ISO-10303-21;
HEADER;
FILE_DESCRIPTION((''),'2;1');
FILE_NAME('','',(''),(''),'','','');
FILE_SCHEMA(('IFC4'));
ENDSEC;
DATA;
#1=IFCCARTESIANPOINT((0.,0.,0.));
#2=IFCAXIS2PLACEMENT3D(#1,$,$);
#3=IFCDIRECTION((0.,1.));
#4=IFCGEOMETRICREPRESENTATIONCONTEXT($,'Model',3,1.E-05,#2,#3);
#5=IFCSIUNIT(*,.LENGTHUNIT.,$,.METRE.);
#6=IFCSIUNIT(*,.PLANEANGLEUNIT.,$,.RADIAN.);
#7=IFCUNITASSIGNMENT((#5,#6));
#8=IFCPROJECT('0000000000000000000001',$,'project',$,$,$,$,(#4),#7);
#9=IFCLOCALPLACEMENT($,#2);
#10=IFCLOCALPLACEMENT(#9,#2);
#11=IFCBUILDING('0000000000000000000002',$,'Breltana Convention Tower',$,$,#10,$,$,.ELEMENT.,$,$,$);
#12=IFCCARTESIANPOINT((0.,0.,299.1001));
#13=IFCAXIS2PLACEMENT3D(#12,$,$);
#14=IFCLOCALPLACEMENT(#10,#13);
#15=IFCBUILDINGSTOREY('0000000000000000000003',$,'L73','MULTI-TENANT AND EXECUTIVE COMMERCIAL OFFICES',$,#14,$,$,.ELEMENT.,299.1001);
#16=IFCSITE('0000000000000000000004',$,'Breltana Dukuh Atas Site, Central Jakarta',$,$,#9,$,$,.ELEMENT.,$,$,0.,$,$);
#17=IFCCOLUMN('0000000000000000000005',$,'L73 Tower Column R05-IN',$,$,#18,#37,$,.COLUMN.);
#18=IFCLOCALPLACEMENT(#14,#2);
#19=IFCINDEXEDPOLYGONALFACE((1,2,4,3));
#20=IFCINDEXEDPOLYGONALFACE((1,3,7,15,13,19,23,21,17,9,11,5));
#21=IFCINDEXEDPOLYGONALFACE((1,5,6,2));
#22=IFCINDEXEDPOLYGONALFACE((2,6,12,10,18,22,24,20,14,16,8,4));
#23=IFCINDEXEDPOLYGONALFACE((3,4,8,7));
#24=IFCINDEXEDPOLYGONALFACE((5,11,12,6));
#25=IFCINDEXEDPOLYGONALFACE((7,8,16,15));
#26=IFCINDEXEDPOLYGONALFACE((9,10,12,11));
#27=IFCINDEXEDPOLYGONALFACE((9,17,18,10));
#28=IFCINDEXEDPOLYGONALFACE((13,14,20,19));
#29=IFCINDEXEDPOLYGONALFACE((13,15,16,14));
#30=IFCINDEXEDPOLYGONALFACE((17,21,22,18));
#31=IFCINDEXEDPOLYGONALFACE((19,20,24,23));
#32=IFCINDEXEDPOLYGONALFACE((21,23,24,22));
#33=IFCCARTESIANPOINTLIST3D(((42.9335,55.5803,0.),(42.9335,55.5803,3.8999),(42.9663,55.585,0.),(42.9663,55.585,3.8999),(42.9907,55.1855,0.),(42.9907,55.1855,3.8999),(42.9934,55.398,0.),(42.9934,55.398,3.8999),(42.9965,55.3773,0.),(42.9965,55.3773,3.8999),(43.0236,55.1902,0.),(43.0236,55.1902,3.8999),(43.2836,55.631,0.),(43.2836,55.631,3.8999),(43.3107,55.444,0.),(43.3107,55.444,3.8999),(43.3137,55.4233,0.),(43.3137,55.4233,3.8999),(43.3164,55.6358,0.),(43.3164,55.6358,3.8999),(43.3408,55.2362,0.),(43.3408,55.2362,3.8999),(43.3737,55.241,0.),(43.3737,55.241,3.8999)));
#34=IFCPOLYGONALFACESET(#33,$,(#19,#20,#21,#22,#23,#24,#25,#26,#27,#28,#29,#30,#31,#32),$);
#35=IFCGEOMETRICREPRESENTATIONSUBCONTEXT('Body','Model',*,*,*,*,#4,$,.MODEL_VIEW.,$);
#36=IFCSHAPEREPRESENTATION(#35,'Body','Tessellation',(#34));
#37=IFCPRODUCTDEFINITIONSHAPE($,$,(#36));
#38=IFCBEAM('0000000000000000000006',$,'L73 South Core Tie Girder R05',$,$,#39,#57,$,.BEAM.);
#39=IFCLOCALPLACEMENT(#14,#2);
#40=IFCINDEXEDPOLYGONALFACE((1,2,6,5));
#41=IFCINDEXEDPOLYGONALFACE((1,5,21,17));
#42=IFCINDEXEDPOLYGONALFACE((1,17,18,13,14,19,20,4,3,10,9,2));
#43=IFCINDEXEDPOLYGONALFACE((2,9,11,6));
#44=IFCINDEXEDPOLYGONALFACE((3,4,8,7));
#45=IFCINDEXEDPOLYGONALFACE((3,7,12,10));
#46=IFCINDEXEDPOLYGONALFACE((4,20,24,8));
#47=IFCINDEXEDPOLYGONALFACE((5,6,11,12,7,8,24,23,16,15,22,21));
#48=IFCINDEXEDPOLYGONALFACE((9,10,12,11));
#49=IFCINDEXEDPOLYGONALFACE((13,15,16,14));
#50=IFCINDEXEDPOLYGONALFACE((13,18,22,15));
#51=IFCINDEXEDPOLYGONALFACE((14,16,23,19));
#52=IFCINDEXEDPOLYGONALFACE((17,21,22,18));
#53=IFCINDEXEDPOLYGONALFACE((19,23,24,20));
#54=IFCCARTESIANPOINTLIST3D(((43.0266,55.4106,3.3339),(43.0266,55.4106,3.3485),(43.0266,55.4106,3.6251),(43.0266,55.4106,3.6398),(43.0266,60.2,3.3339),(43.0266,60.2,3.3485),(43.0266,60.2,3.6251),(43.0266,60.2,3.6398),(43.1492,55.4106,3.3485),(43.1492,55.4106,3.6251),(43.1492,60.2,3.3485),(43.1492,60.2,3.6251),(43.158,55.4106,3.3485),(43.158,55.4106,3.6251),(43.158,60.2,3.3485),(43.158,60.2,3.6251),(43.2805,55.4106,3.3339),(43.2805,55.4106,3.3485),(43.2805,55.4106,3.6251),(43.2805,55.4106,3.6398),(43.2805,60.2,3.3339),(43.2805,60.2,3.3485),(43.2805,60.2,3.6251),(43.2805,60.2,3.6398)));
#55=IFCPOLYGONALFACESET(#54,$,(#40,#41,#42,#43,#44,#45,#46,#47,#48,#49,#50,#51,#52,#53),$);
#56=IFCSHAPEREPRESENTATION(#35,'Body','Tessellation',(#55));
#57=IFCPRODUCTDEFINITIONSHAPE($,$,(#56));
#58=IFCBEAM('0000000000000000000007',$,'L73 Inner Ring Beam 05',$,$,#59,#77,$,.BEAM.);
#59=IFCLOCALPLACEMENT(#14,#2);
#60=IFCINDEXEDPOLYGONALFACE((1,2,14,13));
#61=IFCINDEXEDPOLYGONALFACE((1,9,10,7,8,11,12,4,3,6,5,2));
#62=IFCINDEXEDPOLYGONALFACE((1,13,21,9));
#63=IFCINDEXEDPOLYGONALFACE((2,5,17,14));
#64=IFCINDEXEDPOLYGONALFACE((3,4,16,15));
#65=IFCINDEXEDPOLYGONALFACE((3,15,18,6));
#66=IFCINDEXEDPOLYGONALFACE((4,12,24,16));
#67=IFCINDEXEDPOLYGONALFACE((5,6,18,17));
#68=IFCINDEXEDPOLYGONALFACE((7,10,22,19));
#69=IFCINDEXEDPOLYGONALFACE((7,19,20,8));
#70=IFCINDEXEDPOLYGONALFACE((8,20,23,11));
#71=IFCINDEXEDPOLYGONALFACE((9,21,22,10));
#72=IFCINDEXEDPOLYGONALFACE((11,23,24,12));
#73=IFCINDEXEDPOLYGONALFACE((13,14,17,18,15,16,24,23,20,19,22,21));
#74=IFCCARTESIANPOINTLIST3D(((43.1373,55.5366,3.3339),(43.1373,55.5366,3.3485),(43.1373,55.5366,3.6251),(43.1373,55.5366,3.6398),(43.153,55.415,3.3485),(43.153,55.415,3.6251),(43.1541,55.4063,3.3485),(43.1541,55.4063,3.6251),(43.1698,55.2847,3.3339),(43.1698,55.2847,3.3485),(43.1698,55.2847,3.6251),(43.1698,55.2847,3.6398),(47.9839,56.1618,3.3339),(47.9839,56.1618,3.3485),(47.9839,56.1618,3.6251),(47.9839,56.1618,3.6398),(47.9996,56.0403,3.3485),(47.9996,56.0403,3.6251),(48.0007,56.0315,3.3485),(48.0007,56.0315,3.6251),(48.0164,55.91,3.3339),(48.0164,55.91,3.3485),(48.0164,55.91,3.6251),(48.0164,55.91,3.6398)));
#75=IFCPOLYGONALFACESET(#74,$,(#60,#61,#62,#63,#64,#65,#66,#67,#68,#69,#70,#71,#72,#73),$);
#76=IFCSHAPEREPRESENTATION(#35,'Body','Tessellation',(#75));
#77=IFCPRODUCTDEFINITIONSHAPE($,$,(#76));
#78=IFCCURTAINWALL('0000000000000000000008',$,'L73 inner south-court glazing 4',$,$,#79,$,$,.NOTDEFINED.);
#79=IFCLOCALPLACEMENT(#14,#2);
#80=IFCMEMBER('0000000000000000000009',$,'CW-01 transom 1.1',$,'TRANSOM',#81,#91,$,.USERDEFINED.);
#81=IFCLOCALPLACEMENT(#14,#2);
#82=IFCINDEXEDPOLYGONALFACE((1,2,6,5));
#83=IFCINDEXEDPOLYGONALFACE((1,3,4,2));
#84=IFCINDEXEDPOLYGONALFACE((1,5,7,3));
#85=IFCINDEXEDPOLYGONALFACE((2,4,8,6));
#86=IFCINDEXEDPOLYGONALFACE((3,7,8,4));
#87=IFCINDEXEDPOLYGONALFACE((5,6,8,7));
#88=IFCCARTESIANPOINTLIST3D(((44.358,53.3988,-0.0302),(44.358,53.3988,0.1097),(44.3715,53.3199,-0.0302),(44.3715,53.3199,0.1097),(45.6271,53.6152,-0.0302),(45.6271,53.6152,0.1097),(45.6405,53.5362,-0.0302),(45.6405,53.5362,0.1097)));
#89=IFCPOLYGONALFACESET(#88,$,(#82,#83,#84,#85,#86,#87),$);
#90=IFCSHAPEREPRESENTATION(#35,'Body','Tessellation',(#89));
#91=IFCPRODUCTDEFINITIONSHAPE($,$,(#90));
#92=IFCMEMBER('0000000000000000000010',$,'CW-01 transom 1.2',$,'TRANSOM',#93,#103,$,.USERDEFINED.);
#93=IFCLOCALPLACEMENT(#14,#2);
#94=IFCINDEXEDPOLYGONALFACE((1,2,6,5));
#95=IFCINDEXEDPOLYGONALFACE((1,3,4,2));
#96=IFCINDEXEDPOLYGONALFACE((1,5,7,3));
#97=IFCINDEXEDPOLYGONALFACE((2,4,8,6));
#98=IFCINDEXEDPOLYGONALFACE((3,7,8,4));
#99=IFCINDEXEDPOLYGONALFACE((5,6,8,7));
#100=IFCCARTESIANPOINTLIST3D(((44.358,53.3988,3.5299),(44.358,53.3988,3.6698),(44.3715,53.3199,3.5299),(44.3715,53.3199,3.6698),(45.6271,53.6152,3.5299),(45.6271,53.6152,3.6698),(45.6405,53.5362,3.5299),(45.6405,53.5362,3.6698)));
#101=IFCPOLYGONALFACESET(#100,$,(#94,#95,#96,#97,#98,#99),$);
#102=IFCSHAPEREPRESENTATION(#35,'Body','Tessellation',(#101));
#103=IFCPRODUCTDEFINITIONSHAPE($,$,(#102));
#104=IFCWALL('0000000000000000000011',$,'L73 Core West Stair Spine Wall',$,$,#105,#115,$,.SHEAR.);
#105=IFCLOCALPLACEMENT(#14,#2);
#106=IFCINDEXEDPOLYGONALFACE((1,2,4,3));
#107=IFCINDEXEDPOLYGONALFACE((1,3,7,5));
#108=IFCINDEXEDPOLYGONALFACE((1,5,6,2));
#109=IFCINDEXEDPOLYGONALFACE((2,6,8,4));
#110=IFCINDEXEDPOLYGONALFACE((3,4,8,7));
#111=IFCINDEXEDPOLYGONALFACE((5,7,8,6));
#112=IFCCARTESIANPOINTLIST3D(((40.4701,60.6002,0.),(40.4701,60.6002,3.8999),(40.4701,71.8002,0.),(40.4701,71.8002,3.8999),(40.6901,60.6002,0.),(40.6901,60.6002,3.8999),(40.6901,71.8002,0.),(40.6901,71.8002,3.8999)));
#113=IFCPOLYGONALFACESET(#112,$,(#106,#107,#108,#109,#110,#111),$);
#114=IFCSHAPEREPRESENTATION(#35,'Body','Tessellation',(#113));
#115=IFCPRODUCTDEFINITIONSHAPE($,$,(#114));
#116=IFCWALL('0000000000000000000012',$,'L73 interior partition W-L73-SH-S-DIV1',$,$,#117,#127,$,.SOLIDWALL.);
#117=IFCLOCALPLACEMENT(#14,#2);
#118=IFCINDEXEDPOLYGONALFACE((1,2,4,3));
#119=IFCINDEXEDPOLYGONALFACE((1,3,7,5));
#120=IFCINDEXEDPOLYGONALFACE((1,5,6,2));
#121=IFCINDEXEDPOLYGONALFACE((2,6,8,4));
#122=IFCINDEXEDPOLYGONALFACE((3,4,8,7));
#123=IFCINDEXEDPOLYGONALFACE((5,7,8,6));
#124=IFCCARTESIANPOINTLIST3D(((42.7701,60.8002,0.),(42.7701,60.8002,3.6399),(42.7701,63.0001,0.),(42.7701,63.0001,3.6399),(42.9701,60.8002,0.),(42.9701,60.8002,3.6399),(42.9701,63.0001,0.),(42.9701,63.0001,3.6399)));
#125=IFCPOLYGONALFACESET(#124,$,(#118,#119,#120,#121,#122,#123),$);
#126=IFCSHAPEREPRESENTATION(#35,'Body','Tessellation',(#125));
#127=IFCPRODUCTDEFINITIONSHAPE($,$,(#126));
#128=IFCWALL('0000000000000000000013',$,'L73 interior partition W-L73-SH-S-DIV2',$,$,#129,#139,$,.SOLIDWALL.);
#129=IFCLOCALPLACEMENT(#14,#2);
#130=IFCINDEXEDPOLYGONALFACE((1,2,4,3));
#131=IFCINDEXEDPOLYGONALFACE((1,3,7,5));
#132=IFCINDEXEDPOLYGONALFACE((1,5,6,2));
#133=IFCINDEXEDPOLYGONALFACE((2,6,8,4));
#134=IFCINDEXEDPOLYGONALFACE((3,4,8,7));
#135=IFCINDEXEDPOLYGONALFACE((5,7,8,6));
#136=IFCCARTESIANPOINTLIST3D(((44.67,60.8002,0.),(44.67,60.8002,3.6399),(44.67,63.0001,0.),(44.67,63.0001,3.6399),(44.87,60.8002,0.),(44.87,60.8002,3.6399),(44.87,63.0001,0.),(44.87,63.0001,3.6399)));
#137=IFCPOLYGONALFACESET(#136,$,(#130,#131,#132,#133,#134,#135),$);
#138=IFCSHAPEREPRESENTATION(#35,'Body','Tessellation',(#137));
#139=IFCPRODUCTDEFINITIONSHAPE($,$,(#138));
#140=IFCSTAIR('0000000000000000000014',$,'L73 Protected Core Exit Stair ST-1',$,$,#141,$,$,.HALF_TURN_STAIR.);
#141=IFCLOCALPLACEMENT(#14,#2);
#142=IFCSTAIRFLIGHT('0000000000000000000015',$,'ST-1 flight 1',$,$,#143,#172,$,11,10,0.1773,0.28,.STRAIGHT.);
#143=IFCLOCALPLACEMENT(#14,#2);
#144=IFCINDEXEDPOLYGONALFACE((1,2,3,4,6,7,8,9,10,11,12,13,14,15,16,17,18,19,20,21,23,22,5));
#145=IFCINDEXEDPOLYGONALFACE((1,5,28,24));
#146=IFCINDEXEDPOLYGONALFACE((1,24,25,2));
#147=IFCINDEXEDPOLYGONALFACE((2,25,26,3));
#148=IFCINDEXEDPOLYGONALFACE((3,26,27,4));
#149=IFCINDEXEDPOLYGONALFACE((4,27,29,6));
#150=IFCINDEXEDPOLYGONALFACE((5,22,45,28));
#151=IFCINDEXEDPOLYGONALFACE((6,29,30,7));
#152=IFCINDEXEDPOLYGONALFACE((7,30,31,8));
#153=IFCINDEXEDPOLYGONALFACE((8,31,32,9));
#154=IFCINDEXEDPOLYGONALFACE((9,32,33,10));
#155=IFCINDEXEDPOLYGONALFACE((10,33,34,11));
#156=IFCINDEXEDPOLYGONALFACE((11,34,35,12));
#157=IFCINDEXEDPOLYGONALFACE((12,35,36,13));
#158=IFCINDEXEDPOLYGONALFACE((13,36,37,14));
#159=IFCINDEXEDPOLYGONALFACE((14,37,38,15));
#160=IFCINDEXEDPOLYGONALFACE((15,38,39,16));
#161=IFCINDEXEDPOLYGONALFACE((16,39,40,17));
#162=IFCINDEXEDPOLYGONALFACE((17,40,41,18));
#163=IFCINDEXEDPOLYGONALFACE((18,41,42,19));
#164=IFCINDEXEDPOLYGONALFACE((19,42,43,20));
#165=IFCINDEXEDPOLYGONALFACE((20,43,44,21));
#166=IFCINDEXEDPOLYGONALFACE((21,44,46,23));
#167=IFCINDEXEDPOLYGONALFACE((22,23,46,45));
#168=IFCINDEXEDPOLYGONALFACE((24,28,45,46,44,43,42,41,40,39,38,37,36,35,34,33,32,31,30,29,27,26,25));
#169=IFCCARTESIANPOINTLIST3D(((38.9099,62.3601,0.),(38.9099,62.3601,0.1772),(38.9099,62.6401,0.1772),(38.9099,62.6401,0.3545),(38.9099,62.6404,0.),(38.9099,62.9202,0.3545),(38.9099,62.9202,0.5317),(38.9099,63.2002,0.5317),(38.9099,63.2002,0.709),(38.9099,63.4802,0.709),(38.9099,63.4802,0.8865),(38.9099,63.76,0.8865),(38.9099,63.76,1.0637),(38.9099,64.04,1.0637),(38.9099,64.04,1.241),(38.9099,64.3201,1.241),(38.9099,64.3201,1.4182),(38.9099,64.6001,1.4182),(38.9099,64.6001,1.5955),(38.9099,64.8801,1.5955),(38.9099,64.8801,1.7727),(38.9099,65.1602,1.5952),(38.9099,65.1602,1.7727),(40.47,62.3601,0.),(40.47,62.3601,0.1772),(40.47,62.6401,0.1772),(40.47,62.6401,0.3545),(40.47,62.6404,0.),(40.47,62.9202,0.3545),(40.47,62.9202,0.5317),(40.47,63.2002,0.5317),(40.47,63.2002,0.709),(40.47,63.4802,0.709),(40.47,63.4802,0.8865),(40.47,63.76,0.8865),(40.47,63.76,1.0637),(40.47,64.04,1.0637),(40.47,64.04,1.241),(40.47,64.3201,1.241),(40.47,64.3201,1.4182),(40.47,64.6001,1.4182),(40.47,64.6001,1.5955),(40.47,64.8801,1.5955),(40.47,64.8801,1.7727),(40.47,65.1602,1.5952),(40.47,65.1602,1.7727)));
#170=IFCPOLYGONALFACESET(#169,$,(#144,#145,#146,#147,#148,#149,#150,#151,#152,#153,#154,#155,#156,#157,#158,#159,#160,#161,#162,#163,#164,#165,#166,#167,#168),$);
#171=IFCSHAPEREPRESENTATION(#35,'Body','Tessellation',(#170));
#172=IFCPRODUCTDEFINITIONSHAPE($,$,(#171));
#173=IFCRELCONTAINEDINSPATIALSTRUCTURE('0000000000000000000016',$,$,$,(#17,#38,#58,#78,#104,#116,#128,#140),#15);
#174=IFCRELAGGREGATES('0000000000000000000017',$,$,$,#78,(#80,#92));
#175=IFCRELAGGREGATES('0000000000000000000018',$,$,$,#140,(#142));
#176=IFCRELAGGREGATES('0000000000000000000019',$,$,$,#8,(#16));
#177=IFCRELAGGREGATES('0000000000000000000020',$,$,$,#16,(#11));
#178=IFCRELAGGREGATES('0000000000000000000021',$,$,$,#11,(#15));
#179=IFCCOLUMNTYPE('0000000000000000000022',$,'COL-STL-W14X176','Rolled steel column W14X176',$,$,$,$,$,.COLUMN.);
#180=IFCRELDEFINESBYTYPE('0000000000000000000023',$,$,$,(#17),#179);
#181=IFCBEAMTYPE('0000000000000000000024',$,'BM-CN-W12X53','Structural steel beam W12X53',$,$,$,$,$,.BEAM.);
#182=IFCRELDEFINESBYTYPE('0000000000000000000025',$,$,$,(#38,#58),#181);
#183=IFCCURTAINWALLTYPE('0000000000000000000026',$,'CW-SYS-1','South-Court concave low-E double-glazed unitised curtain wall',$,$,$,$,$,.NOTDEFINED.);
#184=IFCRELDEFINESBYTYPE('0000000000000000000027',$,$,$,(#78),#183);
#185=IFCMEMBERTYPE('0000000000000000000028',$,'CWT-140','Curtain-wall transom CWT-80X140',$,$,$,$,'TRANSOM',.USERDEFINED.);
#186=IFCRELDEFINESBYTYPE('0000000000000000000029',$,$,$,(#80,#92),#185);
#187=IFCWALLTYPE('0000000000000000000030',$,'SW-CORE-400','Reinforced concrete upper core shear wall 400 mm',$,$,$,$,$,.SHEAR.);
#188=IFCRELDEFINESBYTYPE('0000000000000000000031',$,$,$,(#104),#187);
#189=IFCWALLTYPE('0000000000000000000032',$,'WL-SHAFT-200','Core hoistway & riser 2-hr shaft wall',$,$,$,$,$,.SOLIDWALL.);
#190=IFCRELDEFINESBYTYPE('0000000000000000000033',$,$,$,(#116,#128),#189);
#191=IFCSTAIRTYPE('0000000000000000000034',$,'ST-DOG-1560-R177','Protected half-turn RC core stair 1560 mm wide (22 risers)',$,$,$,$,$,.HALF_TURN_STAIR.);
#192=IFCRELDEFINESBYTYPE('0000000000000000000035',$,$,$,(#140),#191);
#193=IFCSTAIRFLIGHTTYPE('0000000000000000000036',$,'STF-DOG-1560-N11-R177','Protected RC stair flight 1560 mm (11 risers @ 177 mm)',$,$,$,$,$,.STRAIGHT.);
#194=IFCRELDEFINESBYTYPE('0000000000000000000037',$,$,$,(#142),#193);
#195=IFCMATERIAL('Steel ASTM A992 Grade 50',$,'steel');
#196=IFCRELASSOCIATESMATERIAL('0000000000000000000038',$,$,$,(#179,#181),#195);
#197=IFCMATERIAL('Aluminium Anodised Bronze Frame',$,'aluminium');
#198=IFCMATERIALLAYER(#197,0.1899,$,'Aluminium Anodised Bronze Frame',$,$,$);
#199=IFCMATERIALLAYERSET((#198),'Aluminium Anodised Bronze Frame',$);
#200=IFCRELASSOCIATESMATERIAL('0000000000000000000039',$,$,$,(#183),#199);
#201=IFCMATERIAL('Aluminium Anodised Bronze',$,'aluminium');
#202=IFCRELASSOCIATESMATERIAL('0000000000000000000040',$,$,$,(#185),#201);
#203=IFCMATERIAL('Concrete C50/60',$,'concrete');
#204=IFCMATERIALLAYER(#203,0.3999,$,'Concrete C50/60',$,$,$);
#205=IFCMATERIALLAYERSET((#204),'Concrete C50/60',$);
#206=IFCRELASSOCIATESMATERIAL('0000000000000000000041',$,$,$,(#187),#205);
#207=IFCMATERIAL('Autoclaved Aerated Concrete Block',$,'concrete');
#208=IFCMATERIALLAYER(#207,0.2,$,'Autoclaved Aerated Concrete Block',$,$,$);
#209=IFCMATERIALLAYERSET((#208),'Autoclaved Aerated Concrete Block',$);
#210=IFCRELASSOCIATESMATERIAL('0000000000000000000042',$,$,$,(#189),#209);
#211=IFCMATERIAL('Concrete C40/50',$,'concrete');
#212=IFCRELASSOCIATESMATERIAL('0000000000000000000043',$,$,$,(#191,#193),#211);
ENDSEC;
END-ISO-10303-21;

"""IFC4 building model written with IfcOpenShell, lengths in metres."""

from ifc_helpers import new_model, si_unit, direction, frame, frame_2d, origin, origin_2d, place, context, subcontext, project, spatial, polyline, rectangle, i_section, outline, extrude, source, transform, mapped, material, layer, layer_set, material_profile, profile_set, type_object, type_shapes, element, aggregate, save


model = new_model("IFC4")

# Units and contexts
model_context = context("Model", 3, precision=1e-05, world=origin(), true_north=direction((0.0, 1.0)))
body_context = subcontext(model_context, "Body", "Model", "MODEL_VIEW")
ifc_project = project(units=[si_unit("LENGTHUNIT", "METRE"), si_unit("PLANEANGLEUNIT", "RADIAN")], contexts=[model_context])

# Site, building, storey
site_placement = place(None, origin())
site = spatial("IfcSite", under=ifc_project, at=site_placement, Name="Breltana Dukuh Atas Site, Central Jakarta", CompositionType="ELEMENT", RefElevation=0.0)
building_placement = place(site_placement, origin())
building = spatial("IfcBuilding", under=site, at=building_placement, Name="Breltana Convention Tower", CompositionType="ELEMENT")
storey_placement = place(building_placement, frame((0.0, 0.0, 299.1001)))
storey = spatial("IfcBuildingStorey", under=building, at=storey_placement, Name="L73", Description="MULTI-TENANT AND EXECUTIVE COMMERCIAL OFFICES", CompositionType="ELEMENT", Elevation=299.1001)

# Column
ifc_material_1 = material(Name="Steel ASTM A992 Grade 50", Category="steel")
ifc_material_profile_1 = material_profile(ifc_material_1, i_section(OverallWidth=0.3989, OverallDepth=0.387, WebThickness=0.021, FlangeThickness=0.0332, at=origin_2d()), Name="W14X176")
ifc_profile_set_1 = profile_set([ifc_material_profile_1], Name="Steel ASTM A992 Grade 50")
column_type = type_object("IfcColumnType", Name="COL-STL-W14X176", Description="Rolled steel column W14X176", PredefinedType="COLUMN", material=ifc_profile_set_1)
shared_shape_1 = source(origin(), body_context, "Body", "SweptSolid", [
    extrude(i_section(OverallWidth=0.3989, OverallDepth=0.387, WebThickness=0.021, FlangeThickness=0.0332, at=origin_2d()), origin(), (0.0, 0.0, 1.0), 3.8999),
])
type_shapes(column_type, [shared_shape_1])
column_placement = place(storey_placement, frame((43.1536, 55.4106, 0.0), z_axis=(0.0, 0.0, 1.0), x_axis=(-0.143493, 0.989651, 0.0)))
element("IfcColumn", 1, at=column_placement, inside=storey, type_object=column_type, Name="L73 Tower Column R05-IN", PredefinedType="COLUMN", context=body_context, shape_type="MappedRepresentation", body=[
    mapped(shared_shape_1, transform((0.0, 0.0, 0.0), scale=1.0)),
])

# Beams
ifc_material_profile_2 = material_profile(ifc_material_1, i_section(OverallWidth=0.2539, OverallDepth=0.3059, WebThickness=0.0088, FlangeThickness=0.0146, at=origin_2d()), Name="W12X53")
ifc_profile_set_2 = profile_set([ifc_material_profile_2], Name="Steel ASTM A992 Grade 50")
beam_type = type_object("IfcBeamType", Name="BM-CN-W12X53", Description="Structural steel beam W12X53", PredefinedType="BEAM", material=ifc_profile_set_2)
shared_shape_2 = source(origin(), body_context, "Body", "SweptSolid", [
    extrude(i_section(OverallWidth=0.2539, OverallDepth=0.3059, WebThickness=0.0088, FlangeThickness=0.0146, at=origin_2d()), origin(), (0.0, 0.0, 1.0), 4.7893),
])
beam_1_placement = place(storey_placement, frame((43.1536, 60.2, 3.4868), z_axis=(0.0, -1.0, 0.0), x_axis=(1.0, 0.0, 0.0)))
element("IfcBeam", 2, at=beam_1_placement, inside=storey, type_object=beam_type, Name="L73 South Core Tie Girder R05", PredefinedType="BEAM", context=body_context, shape_type="MappedRepresentation", body=[
    mapped(shared_shape_2, transform((0.0, 0.0, 0.0), scale=1.0)),
])
shared_shape_3 = source(origin(), body_context, "Body", "SweptSolid", [
    extrude(i_section(OverallWidth=0.2539, OverallDepth=0.3059, WebThickness=0.0088, FlangeThickness=0.0146, at=origin_2d()), origin(), (0.0, 0.0, 1.0), 4.8867),
])
beam_2_placement = place(storey_placement, frame((43.1536, 55.4106, 3.4868), z_axis=(0.991781, 0.127951, 0.0), x_axis=(-0.127951, 0.991781, 0.0)))
element("IfcBeam", 3, at=beam_2_placement, inside=storey, type_object=beam_type, Name="L73 Inner Ring Beam 05", PredefinedType="BEAM", context=body_context, shape_type="MappedRepresentation", body=[
    mapped(shared_shape_3, transform((0.0, 0.0, 0.0), scale=1.0)),
])

# Curtain wall, members
ifc_material_2 = material(Name="Aluminium Anodised Bronze Frame", Category="aluminium")
ifc_layer_1 = layer(ifc_material_2, 0.1899, Name="Aluminium Anodised Bronze Frame")
ifc_layer_set_1 = layer_set([ifc_layer_1], Name="Aluminium Anodised Bronze Frame")
curtain_wall_type = type_object("IfcCurtainWallType", Name="CW-SYS-1", Description="South-Court concave low-E double-glazed unitised curtain wall", PredefinedType="NOTDEFINED", material=ifc_layer_set_1)
curtain_wall_placement = place(storey_placement, origin())
curtain_wall = element("IfcCurtainWall", 4, at=curtain_wall_placement, inside=storey, type_object=curtain_wall_type, Name="L73 inner south-court glazing 4", PredefinedType="NOTDEFINED")
ifc_material_3 = material(Name="Aluminium Anodised Bronze", Category="aluminium")
ifc_material_profile_3 = material_profile(ifc_material_3, rectangle(XDim=0.0801, YDim=0.1399, at=origin_2d()), Name="CWT-80X140")
ifc_profile_set_3 = profile_set([ifc_material_profile_3], Name="Aluminium Anodised Bronze")
member_type = type_object("IfcMemberType", Name="CWT-140", Description="Curtain-wall transom CWT-80X140", ElementType="TRANSOM", PredefinedType="USERDEFINED", material=ifc_profile_set_3)
shared_shape_4 = source(origin(), body_context, "Body", "SweptSolid", [
    extrude(rectangle(XDim=0.0801, YDim=0.1399, at=origin_2d()), origin(), (0.0, 0.0, 1.0), 1.2874),
])
member_1_placement = place(storey_placement, frame((45.6338, 53.5757, 0.0398), z_axis=(-0.985782, -0.168027, 0.0), x_axis=(0.168027, -0.985782, 0.0)))
member_1 = element("IfcMember", 5, at=member_1_placement, type_object=member_type, Name="CW-01 transom 1.1", ObjectType="TRANSOM", PredefinedType="USERDEFINED", context=body_context, shape_type="MappedRepresentation", body=[
    mapped(shared_shape_4, transform((0.0, 0.0, 0.0), scale=1.0)),
])
member_2_placement = place(storey_placement, frame((45.6338, 53.5757, 3.5999), z_axis=(-0.985782, -0.168027, 0.0), x_axis=(0.168027, -0.985782, 0.0)))
member_2 = element("IfcMember", 6, at=member_2_placement, type_object=member_type, Name="CW-01 transom 1.2", ObjectType="TRANSOM", PredefinedType="USERDEFINED", context=body_context, shape_type="MappedRepresentation", body=[
    mapped(shared_shape_4, transform((0.0, 0.0, 0.0), scale=1.0)),
])
aggregate(curtain_wall, [member_1, member_2])

# Wall
ifc_material_4 = material(Name="Concrete C50/60", Category="concrete")
ifc_layer_2 = layer(ifc_material_4, 0.3999, Name="Concrete C50/60")
ifc_layer_set_2 = layer_set([ifc_layer_2], Name="Concrete C50/60")
wall_type_1 = type_object("IfcWallType", Name="SW-CORE-400", Description="Reinforced concrete upper core shear wall 400 mm", PredefinedType="SHEAR", material=ifc_layer_set_2)
shared_shape_5 = source(origin(), body_context, "Body", "SweptSolid", [
    extrude(rectangle(XDim=11.2, YDim=0.22, at=frame_2d((5.6001, 0.0))), origin(), (0.0, 0.0, 1.0), 3.8999),
])
wall_1_placement = place(storey_placement, frame((40.5801, 60.6001, 0.0), z_axis=(0.0, 0.0, 1.0), x_axis=(0.0, 1.0, 0.0)))
element("IfcWall", 7, at=wall_1_placement, inside=storey, type_object=wall_type_1, Name="L73 Core West Stair Spine Wall", PredefinedType="SHEAR", context=body_context, shape_type="MappedRepresentation", body=[
    mapped(shared_shape_5, transform((0.0, 0.0, 0.0), scale=1.0)),
])

# Shared definitions
ifc_material_5 = material(Name="Autoclaved Aerated Concrete Block", Category="concrete")
ifc_layer_3 = layer(ifc_material_5, 0.2, Name="Autoclaved Aerated Concrete Block")
ifc_layer_set_3 = layer_set([ifc_layer_3], Name="Autoclaved Aerated Concrete Block")
wall_type_2 = type_object("IfcWallType", Name="WL-SHAFT-200", Description="Core hoistway & riser 2-hr shaft wall", PredefinedType="SOLIDWALL", material=ifc_layer_set_3)

# Walls
shared_shape_6 = source(origin(), body_context, "Body", "SweptSolid", [
    extrude(rectangle(XDim=2.2, YDim=0.2, at=frame_2d((1.1001, 0.0))), origin(), (0.0, 0.0, 1.0), 3.6399),
])
for number, where, z_axis, x_axis, name in (
    (8, (42.8701, 60.8, 0.0), (0.0, 0.0, 1.0), (0.0, 1.0, 0.0), "L73 interior partition W-L73-SH-S-DIV1"),
    (9, (44.77, 60.8, 0.0), (0.0, 0.0, 1.0), (0.0, 1.0, 0.0), "L73 interior partition W-L73-SH-S-DIV2"),
):
    element("IfcWall", number, at=place(storey_placement, frame(where, z_axis=z_axis, x_axis=x_axis)), inside=storey, type_object=wall_type_2, Name=name, PredefinedType="SOLIDWALL", context=body_context, shape_type="MappedRepresentation", body=[
        mapped(shared_shape_6, transform((0.0, 0.0, 0.0), scale=1.0)),
    ])

# Stair, stair flight
ifc_material_6 = material(Name="Concrete C40/50", Category="concrete")
stair_type = type_object("IfcStairType", Name="ST-DOG-1560-R177", Description="Protected half-turn RC core stair 1560 mm wide (22 risers)", PredefinedType="HALF_TURN_STAIR", material=ifc_material_6)
stair_placement = place(storey_placement, origin())
stair = element("IfcStair", 10, at=stair_placement, inside=storey, type_object=stair_type, Name="L73 Protected Core Exit Stair ST-1", PredefinedType="HALF_TURN_STAIR")
stair_flight_type = type_object("IfcStairFlightType", Name="STF-DOG-1560-N11-R177", Description="Protected RC stair flight 1560 mm (11 risers @ 177 mm)", PredefinedType="STRAIGHT", material=ifc_material_6)
stair_flight_placement = place(storey_placement, frame((39.6899, 62.3601, 0.0), z_axis=(0.0, 0.0, 1.0), x_axis=(0.0, 1.0, 0.0)))
stair_flight = element("IfcStairFlight", 11, at=stair_flight_placement, type_object=stair_flight_type, Name="ST-1 flight 1", NumberOfRisers=11, NumberOfTreads=10, PredefinedType="STRAIGHT", RiserHeight=0.1773, TreadLength=0.28, context=body_context, shape_type="SweptSolid", body=[
    extrude(outline(polyline([(0.0, 0.0), (0.0, 0.1772), (0.28, 0.1772), (0.28, 0.3545), (0.5601, 0.3545), (0.5601, 0.5317), (0.8401, 0.5317), (0.8401, 0.709), (1.1201, 0.709), (1.1201, 0.8865), (1.3999, 0.8865), (1.3999, 1.0637), (1.6799, 1.0637), (1.6799, 1.241), (1.96, 1.241), (1.96, 1.4182), (2.24, 1.4182), (2.24, 1.5955), (2.52, 1.5955), (2.52, 1.7727), (2.8, 1.7727), (2.8, 1.95), (2.8, 1.5952), (0.2803, 0.0), (0.0, 0.0)])), frame((0.0, 0.78, 0.0), z_axis=(0.0, -1.0, 0.0), x_axis=(1.0, 0.0, 0.0)), (0.0, 0.0, 1.0), 1.5601),
])
aggregate(stair, [stair_flight])

save(model, "model.ifc")
